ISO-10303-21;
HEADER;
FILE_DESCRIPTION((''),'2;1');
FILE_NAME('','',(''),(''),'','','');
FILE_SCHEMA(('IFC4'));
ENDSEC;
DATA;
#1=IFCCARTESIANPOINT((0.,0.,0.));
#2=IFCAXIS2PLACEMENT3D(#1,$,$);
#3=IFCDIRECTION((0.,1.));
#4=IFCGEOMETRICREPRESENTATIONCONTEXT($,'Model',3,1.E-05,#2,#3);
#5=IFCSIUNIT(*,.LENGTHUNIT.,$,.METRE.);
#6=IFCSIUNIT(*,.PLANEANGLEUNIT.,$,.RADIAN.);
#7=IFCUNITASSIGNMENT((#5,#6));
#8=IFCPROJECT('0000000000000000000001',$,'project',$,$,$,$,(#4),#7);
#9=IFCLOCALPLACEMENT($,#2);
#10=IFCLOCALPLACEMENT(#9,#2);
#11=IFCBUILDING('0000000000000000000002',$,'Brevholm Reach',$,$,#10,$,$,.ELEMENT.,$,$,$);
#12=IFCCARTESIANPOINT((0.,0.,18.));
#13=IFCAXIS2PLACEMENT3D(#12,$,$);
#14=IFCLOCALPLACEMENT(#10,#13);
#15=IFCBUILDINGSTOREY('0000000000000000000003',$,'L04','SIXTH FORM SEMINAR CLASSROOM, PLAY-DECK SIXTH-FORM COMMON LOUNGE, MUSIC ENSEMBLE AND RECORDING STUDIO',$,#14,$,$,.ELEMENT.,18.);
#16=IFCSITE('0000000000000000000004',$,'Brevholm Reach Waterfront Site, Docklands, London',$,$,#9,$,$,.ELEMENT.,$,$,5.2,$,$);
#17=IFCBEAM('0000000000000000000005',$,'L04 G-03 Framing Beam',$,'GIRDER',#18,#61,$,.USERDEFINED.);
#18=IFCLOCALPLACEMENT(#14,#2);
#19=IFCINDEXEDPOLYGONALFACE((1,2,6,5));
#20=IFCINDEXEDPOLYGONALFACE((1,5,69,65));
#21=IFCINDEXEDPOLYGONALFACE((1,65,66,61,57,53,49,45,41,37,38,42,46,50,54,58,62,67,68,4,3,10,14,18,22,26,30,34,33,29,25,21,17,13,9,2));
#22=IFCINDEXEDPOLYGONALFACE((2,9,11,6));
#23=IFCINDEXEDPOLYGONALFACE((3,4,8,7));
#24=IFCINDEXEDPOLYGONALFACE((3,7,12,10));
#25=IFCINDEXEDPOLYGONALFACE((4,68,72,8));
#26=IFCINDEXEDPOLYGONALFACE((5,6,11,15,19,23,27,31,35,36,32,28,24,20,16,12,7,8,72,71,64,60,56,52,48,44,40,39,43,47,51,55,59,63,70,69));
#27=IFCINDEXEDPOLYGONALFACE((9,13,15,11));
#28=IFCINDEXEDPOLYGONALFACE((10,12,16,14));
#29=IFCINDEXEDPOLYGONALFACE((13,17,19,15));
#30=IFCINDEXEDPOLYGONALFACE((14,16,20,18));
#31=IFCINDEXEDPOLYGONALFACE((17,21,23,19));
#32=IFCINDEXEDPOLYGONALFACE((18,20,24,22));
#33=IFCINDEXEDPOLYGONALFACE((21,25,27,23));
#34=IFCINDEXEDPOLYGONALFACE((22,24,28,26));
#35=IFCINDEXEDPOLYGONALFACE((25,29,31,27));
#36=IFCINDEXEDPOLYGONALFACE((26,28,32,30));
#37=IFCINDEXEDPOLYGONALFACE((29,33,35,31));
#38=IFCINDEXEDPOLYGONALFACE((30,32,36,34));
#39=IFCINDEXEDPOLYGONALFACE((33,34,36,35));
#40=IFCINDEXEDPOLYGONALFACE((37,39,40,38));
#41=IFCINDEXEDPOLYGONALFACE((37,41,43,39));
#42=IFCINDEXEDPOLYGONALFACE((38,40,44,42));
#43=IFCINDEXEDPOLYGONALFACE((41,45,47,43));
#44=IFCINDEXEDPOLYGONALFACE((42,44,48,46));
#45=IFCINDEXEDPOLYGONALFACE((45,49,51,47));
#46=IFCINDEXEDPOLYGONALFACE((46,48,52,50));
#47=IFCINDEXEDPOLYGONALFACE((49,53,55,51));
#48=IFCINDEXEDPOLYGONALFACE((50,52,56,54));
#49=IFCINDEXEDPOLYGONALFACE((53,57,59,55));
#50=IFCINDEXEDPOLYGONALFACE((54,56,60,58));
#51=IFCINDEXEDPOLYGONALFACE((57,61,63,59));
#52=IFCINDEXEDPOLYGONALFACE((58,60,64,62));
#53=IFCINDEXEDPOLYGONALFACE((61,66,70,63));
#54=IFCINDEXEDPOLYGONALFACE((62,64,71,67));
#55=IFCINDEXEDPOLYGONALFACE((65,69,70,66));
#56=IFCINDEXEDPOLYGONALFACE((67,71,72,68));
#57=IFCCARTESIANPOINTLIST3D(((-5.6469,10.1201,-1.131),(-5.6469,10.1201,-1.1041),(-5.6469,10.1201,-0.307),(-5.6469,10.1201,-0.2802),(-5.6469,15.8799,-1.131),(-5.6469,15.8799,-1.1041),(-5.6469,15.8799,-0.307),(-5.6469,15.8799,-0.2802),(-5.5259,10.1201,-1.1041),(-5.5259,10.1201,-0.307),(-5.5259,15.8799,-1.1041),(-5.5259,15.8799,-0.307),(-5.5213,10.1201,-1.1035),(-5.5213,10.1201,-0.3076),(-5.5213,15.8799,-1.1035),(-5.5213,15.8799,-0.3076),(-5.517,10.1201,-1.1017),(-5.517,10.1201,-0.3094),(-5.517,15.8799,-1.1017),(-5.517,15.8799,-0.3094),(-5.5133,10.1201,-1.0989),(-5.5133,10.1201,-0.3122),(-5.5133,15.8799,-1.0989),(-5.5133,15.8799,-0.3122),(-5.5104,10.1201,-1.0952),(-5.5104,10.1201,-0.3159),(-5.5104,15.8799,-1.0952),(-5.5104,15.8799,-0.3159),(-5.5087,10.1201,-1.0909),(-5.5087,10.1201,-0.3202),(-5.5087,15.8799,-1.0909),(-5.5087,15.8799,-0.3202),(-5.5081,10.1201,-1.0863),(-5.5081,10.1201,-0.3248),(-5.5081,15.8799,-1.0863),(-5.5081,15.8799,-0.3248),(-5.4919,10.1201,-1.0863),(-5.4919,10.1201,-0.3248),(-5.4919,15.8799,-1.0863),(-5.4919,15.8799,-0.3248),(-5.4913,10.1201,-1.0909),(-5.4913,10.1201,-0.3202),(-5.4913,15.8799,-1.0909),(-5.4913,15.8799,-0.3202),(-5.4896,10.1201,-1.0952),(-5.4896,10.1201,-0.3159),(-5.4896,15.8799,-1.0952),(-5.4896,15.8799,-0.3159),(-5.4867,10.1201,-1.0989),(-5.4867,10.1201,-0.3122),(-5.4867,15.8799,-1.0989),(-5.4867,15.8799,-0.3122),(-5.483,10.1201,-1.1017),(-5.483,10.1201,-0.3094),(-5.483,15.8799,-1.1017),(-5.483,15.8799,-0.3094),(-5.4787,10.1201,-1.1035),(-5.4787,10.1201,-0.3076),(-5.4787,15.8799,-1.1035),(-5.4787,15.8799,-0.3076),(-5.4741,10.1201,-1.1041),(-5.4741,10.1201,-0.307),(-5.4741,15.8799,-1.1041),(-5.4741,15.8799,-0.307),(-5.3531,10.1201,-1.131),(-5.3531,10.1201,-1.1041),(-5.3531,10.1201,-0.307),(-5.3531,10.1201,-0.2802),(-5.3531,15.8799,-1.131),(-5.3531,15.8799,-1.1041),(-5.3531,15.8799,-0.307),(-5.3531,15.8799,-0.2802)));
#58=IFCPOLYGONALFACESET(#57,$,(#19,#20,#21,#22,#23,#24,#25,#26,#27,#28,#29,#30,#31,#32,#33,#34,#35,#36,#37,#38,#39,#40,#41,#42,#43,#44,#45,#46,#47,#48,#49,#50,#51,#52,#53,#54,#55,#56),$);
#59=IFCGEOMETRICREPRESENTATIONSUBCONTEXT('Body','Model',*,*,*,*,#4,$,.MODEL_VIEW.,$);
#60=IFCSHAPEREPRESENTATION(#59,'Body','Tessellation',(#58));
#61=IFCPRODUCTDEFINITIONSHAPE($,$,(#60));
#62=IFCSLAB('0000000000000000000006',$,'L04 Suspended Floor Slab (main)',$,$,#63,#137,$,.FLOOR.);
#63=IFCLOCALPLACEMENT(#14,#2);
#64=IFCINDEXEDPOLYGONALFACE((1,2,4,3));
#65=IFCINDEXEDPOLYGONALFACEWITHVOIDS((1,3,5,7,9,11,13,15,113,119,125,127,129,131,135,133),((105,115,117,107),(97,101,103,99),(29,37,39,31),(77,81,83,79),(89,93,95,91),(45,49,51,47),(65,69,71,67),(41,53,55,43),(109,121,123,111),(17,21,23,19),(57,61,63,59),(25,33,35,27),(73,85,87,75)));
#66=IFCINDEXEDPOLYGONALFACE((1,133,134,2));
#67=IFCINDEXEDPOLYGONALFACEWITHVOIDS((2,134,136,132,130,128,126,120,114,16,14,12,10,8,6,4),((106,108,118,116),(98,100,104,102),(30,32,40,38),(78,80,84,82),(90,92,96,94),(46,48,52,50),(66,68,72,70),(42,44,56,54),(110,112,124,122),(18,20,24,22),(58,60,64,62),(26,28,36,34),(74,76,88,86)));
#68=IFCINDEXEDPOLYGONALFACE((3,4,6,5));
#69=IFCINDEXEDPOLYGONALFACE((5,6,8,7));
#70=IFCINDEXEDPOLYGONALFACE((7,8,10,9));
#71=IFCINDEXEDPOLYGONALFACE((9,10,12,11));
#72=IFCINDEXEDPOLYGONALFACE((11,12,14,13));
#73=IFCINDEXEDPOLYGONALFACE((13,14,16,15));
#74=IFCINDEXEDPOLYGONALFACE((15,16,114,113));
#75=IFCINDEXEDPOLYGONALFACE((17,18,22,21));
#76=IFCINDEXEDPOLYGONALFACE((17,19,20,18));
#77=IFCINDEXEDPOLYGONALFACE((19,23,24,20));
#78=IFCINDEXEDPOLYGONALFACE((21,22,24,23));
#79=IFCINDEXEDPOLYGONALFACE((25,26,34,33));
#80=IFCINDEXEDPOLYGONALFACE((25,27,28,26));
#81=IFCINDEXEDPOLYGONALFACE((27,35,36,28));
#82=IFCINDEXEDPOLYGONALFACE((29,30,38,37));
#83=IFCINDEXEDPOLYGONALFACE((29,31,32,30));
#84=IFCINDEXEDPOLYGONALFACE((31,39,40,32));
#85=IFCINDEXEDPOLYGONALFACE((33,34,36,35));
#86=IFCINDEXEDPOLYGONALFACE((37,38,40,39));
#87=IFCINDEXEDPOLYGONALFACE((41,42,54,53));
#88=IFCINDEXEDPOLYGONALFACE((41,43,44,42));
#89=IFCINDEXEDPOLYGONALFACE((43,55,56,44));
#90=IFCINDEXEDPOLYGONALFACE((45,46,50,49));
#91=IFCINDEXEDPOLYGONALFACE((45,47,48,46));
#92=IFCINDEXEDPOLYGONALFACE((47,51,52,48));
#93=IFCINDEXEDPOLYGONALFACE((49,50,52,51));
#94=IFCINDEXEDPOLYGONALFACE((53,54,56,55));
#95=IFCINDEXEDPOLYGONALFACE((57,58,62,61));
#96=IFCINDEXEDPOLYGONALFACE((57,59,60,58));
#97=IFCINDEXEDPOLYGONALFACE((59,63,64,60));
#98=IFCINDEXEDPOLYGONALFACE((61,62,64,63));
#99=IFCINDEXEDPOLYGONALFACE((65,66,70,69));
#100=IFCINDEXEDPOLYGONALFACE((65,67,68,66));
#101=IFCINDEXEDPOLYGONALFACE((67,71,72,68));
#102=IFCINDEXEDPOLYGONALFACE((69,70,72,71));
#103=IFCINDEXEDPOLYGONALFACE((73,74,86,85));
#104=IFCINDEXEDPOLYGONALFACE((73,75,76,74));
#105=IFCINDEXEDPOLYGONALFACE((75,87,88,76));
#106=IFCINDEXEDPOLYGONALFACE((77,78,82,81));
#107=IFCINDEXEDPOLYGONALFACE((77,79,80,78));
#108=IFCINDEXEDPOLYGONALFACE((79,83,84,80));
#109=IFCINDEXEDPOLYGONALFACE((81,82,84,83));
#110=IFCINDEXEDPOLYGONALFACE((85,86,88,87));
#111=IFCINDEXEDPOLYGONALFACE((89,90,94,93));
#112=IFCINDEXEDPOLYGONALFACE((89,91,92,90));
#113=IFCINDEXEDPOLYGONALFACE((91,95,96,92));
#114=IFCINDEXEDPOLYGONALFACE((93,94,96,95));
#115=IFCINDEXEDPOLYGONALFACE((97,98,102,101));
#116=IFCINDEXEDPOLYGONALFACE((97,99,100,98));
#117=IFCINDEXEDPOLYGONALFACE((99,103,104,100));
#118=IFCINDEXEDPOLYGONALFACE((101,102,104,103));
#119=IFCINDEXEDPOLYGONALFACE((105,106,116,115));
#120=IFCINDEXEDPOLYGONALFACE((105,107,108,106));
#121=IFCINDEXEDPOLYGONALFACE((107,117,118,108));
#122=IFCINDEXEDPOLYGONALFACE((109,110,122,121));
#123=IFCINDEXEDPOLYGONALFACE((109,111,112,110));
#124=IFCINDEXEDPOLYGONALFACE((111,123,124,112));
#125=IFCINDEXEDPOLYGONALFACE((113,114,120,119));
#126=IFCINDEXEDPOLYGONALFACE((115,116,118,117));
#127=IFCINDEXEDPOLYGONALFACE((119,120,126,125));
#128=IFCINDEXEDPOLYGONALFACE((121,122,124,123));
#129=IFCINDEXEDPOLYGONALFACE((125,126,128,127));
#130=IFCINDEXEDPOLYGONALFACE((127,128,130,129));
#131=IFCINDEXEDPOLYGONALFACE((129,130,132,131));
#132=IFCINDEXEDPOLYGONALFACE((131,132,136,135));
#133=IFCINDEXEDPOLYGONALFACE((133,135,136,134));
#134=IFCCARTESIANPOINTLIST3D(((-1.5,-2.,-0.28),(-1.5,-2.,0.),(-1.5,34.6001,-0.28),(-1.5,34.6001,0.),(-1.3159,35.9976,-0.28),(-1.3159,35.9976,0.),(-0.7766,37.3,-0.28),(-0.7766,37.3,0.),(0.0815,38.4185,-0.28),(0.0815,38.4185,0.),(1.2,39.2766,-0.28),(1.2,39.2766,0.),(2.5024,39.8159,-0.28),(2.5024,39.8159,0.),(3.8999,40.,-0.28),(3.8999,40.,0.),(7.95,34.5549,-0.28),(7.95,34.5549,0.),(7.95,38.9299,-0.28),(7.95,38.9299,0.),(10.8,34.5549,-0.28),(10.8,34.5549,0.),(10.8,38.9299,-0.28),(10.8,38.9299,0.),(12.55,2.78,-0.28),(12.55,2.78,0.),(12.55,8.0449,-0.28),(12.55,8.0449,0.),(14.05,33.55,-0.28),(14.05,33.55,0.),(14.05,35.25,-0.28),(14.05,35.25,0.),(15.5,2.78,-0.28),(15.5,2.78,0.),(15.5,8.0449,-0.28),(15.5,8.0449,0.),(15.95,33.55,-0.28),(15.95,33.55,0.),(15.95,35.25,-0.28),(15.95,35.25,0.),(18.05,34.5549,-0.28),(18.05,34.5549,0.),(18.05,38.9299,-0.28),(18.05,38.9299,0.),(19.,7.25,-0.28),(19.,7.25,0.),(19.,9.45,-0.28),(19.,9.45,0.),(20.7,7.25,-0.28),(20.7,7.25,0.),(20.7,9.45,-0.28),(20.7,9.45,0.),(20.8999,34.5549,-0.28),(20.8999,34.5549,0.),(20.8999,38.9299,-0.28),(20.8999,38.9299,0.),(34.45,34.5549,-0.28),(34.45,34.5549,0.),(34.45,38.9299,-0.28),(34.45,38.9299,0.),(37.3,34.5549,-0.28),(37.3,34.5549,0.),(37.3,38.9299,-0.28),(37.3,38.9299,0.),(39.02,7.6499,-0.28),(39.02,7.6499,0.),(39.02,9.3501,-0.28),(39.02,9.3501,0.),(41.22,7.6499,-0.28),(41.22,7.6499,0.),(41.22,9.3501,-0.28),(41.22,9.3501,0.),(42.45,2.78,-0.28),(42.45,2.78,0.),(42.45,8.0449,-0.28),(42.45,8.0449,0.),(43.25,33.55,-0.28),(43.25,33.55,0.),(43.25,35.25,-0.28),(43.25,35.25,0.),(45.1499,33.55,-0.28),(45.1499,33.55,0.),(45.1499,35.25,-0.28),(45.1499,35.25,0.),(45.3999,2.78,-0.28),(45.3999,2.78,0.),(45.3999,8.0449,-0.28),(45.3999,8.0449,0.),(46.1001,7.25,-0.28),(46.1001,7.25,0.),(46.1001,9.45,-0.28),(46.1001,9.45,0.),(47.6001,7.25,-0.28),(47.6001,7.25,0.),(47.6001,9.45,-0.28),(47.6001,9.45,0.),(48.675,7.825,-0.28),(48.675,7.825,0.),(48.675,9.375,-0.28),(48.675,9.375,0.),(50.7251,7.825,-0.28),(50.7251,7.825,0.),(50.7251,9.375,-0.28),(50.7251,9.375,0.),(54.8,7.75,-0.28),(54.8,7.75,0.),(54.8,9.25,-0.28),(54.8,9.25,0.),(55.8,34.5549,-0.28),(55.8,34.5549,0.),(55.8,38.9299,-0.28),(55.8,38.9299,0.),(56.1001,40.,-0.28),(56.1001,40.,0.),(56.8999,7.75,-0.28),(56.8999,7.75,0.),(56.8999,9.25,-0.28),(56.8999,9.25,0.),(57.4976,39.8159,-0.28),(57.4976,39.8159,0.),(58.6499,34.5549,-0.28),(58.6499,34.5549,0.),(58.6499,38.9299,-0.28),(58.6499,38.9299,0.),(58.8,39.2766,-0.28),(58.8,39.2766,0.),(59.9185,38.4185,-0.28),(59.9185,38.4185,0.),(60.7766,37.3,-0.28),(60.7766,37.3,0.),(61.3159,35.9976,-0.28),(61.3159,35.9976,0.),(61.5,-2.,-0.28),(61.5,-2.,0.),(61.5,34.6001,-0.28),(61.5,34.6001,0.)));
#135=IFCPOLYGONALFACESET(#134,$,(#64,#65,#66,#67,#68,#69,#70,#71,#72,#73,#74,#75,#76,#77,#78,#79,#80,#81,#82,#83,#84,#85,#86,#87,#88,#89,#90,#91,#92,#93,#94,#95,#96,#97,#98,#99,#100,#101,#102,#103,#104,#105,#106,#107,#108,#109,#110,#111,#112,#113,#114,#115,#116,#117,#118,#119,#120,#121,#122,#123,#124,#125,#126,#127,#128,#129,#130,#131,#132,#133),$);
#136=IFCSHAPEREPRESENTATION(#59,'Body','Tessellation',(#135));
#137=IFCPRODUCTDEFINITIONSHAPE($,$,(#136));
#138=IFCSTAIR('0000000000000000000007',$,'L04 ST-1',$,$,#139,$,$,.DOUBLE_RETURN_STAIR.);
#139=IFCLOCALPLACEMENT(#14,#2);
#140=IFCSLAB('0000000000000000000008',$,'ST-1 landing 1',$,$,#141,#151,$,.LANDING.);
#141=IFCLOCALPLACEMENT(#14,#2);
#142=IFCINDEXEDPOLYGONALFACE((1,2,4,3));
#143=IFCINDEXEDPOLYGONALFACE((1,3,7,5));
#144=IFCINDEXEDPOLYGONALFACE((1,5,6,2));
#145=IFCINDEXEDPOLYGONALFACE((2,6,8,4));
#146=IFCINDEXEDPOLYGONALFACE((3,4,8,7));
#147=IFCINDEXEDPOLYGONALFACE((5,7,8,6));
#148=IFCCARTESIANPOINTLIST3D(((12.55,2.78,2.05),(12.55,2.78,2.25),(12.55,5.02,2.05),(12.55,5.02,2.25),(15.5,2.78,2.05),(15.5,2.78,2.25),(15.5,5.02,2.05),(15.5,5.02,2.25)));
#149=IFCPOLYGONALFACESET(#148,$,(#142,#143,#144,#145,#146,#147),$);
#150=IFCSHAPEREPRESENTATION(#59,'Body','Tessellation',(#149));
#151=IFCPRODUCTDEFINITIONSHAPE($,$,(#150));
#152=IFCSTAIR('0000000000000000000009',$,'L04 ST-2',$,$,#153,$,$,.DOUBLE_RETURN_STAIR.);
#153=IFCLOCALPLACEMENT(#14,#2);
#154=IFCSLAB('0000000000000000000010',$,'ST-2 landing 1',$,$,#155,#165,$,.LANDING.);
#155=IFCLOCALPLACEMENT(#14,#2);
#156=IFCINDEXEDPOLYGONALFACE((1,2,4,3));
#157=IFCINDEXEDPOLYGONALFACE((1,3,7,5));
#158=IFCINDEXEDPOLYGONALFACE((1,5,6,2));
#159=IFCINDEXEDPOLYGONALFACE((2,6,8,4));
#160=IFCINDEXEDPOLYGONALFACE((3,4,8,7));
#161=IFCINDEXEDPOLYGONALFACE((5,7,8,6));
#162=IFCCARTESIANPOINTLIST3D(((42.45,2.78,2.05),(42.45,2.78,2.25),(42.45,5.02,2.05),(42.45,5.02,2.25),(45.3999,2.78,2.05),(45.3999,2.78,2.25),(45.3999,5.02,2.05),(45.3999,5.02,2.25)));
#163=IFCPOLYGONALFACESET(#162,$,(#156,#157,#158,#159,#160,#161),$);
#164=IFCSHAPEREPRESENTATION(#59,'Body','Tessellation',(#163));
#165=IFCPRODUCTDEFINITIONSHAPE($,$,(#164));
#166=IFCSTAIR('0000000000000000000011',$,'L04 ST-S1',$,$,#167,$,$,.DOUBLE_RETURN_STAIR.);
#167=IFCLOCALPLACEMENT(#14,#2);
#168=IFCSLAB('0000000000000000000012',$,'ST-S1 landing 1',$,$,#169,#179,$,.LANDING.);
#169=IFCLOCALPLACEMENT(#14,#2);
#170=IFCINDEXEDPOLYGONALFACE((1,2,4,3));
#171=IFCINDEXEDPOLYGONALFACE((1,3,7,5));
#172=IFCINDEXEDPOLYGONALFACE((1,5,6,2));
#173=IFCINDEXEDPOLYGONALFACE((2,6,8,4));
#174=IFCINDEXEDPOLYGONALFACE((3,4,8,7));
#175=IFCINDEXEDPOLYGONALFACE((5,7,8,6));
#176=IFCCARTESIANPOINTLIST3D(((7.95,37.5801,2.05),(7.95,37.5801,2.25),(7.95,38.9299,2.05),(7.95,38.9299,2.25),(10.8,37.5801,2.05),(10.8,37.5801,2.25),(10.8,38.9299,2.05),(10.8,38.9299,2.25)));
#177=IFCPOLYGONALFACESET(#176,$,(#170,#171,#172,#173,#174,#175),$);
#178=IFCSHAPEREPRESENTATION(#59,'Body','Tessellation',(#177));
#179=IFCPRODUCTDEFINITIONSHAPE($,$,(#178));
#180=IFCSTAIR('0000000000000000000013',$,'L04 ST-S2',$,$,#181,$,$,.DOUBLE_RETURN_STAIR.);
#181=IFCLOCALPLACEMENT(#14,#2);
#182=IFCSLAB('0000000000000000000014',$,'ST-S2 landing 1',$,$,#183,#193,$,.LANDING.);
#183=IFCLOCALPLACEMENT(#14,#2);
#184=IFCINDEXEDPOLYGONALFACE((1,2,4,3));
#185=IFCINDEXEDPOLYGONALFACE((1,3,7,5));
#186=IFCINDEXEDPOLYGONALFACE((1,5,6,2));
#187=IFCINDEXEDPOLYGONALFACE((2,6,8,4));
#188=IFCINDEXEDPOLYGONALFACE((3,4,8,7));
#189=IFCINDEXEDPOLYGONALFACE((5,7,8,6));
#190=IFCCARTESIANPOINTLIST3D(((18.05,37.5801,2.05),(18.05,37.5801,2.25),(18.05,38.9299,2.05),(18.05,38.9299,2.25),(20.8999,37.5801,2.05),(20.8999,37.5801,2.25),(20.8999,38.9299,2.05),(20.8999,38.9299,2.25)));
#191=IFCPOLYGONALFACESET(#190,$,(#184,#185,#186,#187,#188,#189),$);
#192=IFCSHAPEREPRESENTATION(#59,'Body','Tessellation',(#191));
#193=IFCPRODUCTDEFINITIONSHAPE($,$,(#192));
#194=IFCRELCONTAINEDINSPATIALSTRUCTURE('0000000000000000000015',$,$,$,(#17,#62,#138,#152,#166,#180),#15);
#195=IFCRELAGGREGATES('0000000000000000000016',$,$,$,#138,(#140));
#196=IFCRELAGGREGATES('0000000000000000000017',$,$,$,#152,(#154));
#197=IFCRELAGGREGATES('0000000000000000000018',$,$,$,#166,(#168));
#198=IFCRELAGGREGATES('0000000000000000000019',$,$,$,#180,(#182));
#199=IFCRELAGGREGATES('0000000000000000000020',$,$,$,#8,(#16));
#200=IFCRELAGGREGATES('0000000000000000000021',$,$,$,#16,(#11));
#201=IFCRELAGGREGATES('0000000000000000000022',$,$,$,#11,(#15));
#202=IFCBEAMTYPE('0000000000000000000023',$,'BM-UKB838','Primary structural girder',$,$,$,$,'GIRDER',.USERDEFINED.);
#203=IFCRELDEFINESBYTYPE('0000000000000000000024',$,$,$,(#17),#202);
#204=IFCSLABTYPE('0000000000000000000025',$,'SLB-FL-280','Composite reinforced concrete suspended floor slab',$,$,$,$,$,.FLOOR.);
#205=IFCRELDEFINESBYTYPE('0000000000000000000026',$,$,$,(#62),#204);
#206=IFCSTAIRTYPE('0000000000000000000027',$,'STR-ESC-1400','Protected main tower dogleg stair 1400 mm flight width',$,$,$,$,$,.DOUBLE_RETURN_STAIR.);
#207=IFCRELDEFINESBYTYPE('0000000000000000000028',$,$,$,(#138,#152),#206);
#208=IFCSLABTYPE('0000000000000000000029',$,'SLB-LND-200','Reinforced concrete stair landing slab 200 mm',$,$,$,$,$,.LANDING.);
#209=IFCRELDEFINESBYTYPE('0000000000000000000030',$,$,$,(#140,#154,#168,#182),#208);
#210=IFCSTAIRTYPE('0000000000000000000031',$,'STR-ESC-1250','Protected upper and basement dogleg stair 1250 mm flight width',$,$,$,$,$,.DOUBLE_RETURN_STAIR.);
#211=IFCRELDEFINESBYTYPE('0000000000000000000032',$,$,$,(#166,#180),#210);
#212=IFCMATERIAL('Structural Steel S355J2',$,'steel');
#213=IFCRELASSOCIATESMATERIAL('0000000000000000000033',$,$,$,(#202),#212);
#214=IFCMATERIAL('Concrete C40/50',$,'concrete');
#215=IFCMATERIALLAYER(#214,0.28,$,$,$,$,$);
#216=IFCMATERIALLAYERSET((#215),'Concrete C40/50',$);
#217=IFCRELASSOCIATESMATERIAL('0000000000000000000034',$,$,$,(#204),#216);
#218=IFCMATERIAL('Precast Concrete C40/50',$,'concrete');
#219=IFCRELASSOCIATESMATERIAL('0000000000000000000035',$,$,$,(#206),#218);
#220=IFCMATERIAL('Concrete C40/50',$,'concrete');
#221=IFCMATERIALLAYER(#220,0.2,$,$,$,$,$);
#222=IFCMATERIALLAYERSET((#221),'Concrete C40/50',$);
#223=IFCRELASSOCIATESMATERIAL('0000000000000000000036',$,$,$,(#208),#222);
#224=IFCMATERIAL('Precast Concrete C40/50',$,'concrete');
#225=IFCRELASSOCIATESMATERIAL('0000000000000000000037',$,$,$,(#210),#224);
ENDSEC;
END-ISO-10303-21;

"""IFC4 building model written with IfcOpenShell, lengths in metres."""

from ifc_helpers import new_model, si_unit, direction, frame, origin, origin_2d, place, context, subcontext, project, spatial, polyline, i_section, outline, extrude, material, layer, layer_set, material_profile, profile_set, type_object, element, aggregate, save


model = new_model("IFC4")

# Units and contexts
model_context = context("Model", 3, precision=1e-05, world=origin(), true_north=direction((0.0, 1.0)))
body_context = subcontext(model_context, "Body", "Model", "MODEL_VIEW")
ifc_project = project(units=[si_unit("LENGTHUNIT", "METRE"), si_unit("PLANEANGLEUNIT", "RADIAN")], contexts=[model_context])

# Site, building, storey
site_placement = place(None, origin())
site = spatial("IfcSite", under=ifc_project, at=site_placement, Name="Brevholm Reach Waterfront Site, Docklands, London", CompositionType="ELEMENT", RefElevation=5.2)
building_placement = place(site_placement, origin())
building = spatial("IfcBuilding", under=site, at=building_placement, Name="Brevholm Reach", CompositionType="ELEMENT")
storey_placement = place(building_placement, frame((0.0, 0.0, 18.0)))
storey = spatial("IfcBuildingStorey", under=building, at=storey_placement, Name="L04", Description="SIXTH FORM SEMINAR CLASSROOM, PLAY-DECK SIXTH-FORM COMMON LOUNGE, MUSIC ENSEMBLE AND RECORDING STUDIO", CompositionType="ELEMENT", Elevation=18.0)

# Beam
ifc_material_1 = material(Name="Structural Steel S355J2", Category="steel")
ifc_material_profile_1 = material_profile(ifc_material_1, i_section(OverallWidth=0.2937, OverallDepth=0.8508, WebThickness=0.0161, FlangeThickness=0.0269, FilletRadius=0.0178, at=origin_2d()), Name="UKB 838x292x226")
ifc_profile_set_1 = profile_set([ifc_material_profile_1], Name="Structural Steel S355J2")
beam_type_1 = type_object("IfcBeamType", Name="BM-UKB838", Description="Primary structural girder", ElementType="GIRDER", PredefinedType="USERDEFINED", material=ifc_profile_set_1)
beam_1_placement = place(storey_placement, frame((-5.5, 10.1201, -0.7056), z_axis=(0.0, 1.0, 0.0), x_axis=(-1.0, 0.0, 0.0)))
element("IfcBeam", 1, at=beam_1_placement, inside=storey, type_object=beam_type_1, Name="L04 G-03 Framing Beam", ObjectType="GIRDER", PredefinedType="USERDEFINED", context=body_context, shape_type="SweptSolid", body=[
    extrude(i_section(OverallWidth=0.2937, OverallDepth=0.8508, WebThickness=0.0161, FlangeThickness=0.0269, FilletRadius=0.0178, at=origin_2d()), origin(), (0.0, 0.0, 1.0), 5.7598),
])

# Slab
ifc_material_2 = material(Name="Concrete C40/50", Category="concrete")
ifc_layer_1 = layer(ifc_material_2, 0.28)
ifc_layer_set_1 = layer_set([ifc_layer_1], Name="Concrete C40/50")
slab_type_1 = type_object("IfcSlabType", Name="SLB-FL-280", Description="Composite reinforced concrete suspended floor slab", PredefinedType="FLOOR", material=ifc_layer_set_1)
slab_1_placement = place(storey_placement, frame((0.0, 0.0, -0.28)))
element("IfcSlab", 2, at=slab_1_placement, inside=storey, type_object=slab_type_1, Name="L04 Suspended Floor Slab (main)", PredefinedType="FLOOR", context=body_context, shape_type="SweptSolid", body=[
    extrude(outline(polyline([(-1.5, -2.0), (61.5, -2.0), (61.5, 34.6001), (61.3159, 35.9976), (60.7766, 37.3), (59.9185, 38.4185), (58.8, 39.2766), (57.4976, 39.8159), (56.1001, 40.0), (3.8999, 40.0), (2.5024, 39.8159), (1.2, 39.2766), (0.0815, 38.4185), (-0.7766, 37.3), (-1.3159, 35.9976), (-1.5, 34.6001), (-1.5, -2.0)]), holes=[polyline([(12.55, 2.78), (15.5, 2.78), (15.5, 8.0449), (12.55, 8.0449), (12.55, 2.78)]), polyline([(42.45, 2.78), (45.3999, 2.78), (45.3999, 8.0449), (42.45, 8.0449), (42.45, 2.78)]), polyline([(7.95, 34.5549), (10.8, 34.5549), (10.8, 38.9299), (7.95, 38.9299), (7.95, 34.5549)]), polyline([(18.05, 34.5549), (20.8999, 34.5549), (20.8999, 38.9299), (18.05, 38.9299), (18.05, 34.5549)]), polyline([(34.45, 34.5549), (37.3, 34.5549), (37.3, 38.9299), (34.45, 38.9299), (34.45, 34.5549)]), polyline([(55.8, 34.5549), (58.6499, 34.5549), (58.6499, 38.9299), (55.8, 38.9299), (55.8, 34.5549)]), polyline([(19.0, 7.25), (20.7, 7.25), (20.7, 9.45), (19.0, 9.45), (19.0, 7.25)]), polyline([(46.1001, 7.25), (47.6001, 7.25), (47.6001, 9.45), (46.1001, 9.45), (46.1001, 7.25)]), polyline([(48.675, 7.825), (50.7251, 7.825), (50.7251, 9.375), (48.675, 9.375), (48.675, 7.825)]), polyline([(54.8, 7.75), (56.8999, 7.75), (56.8999, 9.25), (54.8, 9.25), (54.8, 7.75)]), polyline([(39.02, 7.6499), (41.22, 7.6499), (41.22, 9.3501), (39.02, 9.3501), (39.02, 7.6499)]), polyline([(14.05, 33.55), (15.95, 33.55), (15.95, 35.25), (14.05, 35.25), (14.05, 33.55)]), polyline([(43.25, 33.55), (45.1499, 33.55), (45.1499, 35.25), (43.25, 35.25), (43.25, 33.55)])]), origin(), (0.0, 0.0, 1.0), 0.28),
])

# Stairs, slabs
ifc_material_3 = material(Name="Precast Concrete C40/50", Category="concrete")
stair_type_1 = type_object("IfcStairType", Name="STR-ESC-1400", Description="Protected main tower dogleg stair 1400 mm flight width", PredefinedType="DOUBLE_RETURN_STAIR", material=ifc_material_3)
stair_1_placement = place(storey_placement, origin())
stair_1 = element("IfcStair", 3, at=stair_1_placement, inside=storey, type_object=stair_type_1, Name="L04 ST-1", PredefinedType="DOUBLE_RETURN_STAIR")
ifc_material_4 = material(Name="Concrete C40/50", Category="concrete")
ifc_layer_2 = layer(ifc_material_4, 0.2)
ifc_layer_set_2 = layer_set([ifc_layer_2], Name="Concrete C40/50")
slab_type_2 = type_object("IfcSlabType", Name="SLB-LND-200", Description="Reinforced concrete stair landing slab 200 mm", PredefinedType="LANDING", material=ifc_layer_set_2)
slab_2_placement = place(storey_placement, frame((0.0, 0.0, 2.05)))
slab_2 = element("IfcSlab", 4, at=slab_2_placement, type_object=slab_type_2, Name="ST-1 landing 1", PredefinedType="LANDING", context=body_context, shape_type="SweptSolid", body=[
    extrude(outline(polyline([(12.55, 5.02), (12.55, 2.78), (15.5, 2.78), (15.5, 5.02), (12.55, 5.02)])), origin(), (0.0, 0.0, 1.0), 0.2),
])
aggregate(stair_1, [slab_2])
stair_2_placement = place(storey_placement, origin())
stair_2 = element("IfcStair", 5, at=stair_2_placement, inside=storey, type_object=stair_type_1, Name="L04 ST-2", PredefinedType="DOUBLE_RETURN_STAIR")
slab_3_placement = place(storey_placement, frame((0.0, 0.0, 2.05)))
slab_3 = element("IfcSlab", 6, at=slab_3_placement, type_object=slab_type_2, Name="ST-2 landing 1", PredefinedType="LANDING", context=body_context, shape_type="SweptSolid", body=[
    extrude(outline(polyline([(42.45, 5.02), (42.45, 2.78), (45.3999, 2.78), (45.3999, 5.02), (42.45, 5.02)])), origin(), (0.0, 0.0, 1.0), 0.2),
])
aggregate(stair_2, [slab_3])
ifc_material_5 = material(Name="Precast Concrete C40/50", Category="concrete")
stair_type_2 = type_object("IfcStairType", Name="STR-ESC-1250", Description="Protected upper and basement dogleg stair 1250 mm flight width", PredefinedType="DOUBLE_RETURN_STAIR", material=ifc_material_5)
stair_3_placement = place(storey_placement, origin())
stair_3 = element("IfcStair", 7, at=stair_3_placement, inside=storey, type_object=stair_type_2, Name="L04 ST-S1", PredefinedType="DOUBLE_RETURN_STAIR")
slab_4_placement = place(storey_placement, frame((0.0, 0.0, 2.05)))
slab_4 = element("IfcSlab", 8, at=slab_4_placement, type_object=slab_type_2, Name="ST-S1 landing 1", PredefinedType="LANDING", context=body_context, shape_type="SweptSolid", body=[
    extrude(outline(polyline([(10.8, 37.5801), (10.8, 38.9299), (7.95, 38.9299), (7.95, 37.5801), (10.8, 37.5801)])), origin(), (0.0, 0.0, 1.0), 0.2),
])
aggregate(stair_3, [slab_4])
stair_4_placement = place(storey_placement, origin())
stair_4 = element("IfcStair", 9, at=stair_4_placement, inside=storey, type_object=stair_type_2, Name="L04 ST-S2", PredefinedType="DOUBLE_RETURN_STAIR")
slab_5_placement = place(storey_placement, frame((0.0, 0.0, 2.05)))
slab_5 = element("IfcSlab", 10, at=slab_5_placement, type_object=slab_type_2, Name="ST-S2 landing 1", PredefinedType="LANDING", context=body_context, shape_type="SweptSolid", body=[
    extrude(outline(polyline([(20.8999, 37.5801), (20.8999, 38.9299), (18.05, 38.9299), (18.05, 37.5801), (20.8999, 37.5801)])), origin(), (0.0, 0.0, 1.0), 0.2),
])
aggregate(stair_4, [slab_5])

save(model, "model.ifc")
